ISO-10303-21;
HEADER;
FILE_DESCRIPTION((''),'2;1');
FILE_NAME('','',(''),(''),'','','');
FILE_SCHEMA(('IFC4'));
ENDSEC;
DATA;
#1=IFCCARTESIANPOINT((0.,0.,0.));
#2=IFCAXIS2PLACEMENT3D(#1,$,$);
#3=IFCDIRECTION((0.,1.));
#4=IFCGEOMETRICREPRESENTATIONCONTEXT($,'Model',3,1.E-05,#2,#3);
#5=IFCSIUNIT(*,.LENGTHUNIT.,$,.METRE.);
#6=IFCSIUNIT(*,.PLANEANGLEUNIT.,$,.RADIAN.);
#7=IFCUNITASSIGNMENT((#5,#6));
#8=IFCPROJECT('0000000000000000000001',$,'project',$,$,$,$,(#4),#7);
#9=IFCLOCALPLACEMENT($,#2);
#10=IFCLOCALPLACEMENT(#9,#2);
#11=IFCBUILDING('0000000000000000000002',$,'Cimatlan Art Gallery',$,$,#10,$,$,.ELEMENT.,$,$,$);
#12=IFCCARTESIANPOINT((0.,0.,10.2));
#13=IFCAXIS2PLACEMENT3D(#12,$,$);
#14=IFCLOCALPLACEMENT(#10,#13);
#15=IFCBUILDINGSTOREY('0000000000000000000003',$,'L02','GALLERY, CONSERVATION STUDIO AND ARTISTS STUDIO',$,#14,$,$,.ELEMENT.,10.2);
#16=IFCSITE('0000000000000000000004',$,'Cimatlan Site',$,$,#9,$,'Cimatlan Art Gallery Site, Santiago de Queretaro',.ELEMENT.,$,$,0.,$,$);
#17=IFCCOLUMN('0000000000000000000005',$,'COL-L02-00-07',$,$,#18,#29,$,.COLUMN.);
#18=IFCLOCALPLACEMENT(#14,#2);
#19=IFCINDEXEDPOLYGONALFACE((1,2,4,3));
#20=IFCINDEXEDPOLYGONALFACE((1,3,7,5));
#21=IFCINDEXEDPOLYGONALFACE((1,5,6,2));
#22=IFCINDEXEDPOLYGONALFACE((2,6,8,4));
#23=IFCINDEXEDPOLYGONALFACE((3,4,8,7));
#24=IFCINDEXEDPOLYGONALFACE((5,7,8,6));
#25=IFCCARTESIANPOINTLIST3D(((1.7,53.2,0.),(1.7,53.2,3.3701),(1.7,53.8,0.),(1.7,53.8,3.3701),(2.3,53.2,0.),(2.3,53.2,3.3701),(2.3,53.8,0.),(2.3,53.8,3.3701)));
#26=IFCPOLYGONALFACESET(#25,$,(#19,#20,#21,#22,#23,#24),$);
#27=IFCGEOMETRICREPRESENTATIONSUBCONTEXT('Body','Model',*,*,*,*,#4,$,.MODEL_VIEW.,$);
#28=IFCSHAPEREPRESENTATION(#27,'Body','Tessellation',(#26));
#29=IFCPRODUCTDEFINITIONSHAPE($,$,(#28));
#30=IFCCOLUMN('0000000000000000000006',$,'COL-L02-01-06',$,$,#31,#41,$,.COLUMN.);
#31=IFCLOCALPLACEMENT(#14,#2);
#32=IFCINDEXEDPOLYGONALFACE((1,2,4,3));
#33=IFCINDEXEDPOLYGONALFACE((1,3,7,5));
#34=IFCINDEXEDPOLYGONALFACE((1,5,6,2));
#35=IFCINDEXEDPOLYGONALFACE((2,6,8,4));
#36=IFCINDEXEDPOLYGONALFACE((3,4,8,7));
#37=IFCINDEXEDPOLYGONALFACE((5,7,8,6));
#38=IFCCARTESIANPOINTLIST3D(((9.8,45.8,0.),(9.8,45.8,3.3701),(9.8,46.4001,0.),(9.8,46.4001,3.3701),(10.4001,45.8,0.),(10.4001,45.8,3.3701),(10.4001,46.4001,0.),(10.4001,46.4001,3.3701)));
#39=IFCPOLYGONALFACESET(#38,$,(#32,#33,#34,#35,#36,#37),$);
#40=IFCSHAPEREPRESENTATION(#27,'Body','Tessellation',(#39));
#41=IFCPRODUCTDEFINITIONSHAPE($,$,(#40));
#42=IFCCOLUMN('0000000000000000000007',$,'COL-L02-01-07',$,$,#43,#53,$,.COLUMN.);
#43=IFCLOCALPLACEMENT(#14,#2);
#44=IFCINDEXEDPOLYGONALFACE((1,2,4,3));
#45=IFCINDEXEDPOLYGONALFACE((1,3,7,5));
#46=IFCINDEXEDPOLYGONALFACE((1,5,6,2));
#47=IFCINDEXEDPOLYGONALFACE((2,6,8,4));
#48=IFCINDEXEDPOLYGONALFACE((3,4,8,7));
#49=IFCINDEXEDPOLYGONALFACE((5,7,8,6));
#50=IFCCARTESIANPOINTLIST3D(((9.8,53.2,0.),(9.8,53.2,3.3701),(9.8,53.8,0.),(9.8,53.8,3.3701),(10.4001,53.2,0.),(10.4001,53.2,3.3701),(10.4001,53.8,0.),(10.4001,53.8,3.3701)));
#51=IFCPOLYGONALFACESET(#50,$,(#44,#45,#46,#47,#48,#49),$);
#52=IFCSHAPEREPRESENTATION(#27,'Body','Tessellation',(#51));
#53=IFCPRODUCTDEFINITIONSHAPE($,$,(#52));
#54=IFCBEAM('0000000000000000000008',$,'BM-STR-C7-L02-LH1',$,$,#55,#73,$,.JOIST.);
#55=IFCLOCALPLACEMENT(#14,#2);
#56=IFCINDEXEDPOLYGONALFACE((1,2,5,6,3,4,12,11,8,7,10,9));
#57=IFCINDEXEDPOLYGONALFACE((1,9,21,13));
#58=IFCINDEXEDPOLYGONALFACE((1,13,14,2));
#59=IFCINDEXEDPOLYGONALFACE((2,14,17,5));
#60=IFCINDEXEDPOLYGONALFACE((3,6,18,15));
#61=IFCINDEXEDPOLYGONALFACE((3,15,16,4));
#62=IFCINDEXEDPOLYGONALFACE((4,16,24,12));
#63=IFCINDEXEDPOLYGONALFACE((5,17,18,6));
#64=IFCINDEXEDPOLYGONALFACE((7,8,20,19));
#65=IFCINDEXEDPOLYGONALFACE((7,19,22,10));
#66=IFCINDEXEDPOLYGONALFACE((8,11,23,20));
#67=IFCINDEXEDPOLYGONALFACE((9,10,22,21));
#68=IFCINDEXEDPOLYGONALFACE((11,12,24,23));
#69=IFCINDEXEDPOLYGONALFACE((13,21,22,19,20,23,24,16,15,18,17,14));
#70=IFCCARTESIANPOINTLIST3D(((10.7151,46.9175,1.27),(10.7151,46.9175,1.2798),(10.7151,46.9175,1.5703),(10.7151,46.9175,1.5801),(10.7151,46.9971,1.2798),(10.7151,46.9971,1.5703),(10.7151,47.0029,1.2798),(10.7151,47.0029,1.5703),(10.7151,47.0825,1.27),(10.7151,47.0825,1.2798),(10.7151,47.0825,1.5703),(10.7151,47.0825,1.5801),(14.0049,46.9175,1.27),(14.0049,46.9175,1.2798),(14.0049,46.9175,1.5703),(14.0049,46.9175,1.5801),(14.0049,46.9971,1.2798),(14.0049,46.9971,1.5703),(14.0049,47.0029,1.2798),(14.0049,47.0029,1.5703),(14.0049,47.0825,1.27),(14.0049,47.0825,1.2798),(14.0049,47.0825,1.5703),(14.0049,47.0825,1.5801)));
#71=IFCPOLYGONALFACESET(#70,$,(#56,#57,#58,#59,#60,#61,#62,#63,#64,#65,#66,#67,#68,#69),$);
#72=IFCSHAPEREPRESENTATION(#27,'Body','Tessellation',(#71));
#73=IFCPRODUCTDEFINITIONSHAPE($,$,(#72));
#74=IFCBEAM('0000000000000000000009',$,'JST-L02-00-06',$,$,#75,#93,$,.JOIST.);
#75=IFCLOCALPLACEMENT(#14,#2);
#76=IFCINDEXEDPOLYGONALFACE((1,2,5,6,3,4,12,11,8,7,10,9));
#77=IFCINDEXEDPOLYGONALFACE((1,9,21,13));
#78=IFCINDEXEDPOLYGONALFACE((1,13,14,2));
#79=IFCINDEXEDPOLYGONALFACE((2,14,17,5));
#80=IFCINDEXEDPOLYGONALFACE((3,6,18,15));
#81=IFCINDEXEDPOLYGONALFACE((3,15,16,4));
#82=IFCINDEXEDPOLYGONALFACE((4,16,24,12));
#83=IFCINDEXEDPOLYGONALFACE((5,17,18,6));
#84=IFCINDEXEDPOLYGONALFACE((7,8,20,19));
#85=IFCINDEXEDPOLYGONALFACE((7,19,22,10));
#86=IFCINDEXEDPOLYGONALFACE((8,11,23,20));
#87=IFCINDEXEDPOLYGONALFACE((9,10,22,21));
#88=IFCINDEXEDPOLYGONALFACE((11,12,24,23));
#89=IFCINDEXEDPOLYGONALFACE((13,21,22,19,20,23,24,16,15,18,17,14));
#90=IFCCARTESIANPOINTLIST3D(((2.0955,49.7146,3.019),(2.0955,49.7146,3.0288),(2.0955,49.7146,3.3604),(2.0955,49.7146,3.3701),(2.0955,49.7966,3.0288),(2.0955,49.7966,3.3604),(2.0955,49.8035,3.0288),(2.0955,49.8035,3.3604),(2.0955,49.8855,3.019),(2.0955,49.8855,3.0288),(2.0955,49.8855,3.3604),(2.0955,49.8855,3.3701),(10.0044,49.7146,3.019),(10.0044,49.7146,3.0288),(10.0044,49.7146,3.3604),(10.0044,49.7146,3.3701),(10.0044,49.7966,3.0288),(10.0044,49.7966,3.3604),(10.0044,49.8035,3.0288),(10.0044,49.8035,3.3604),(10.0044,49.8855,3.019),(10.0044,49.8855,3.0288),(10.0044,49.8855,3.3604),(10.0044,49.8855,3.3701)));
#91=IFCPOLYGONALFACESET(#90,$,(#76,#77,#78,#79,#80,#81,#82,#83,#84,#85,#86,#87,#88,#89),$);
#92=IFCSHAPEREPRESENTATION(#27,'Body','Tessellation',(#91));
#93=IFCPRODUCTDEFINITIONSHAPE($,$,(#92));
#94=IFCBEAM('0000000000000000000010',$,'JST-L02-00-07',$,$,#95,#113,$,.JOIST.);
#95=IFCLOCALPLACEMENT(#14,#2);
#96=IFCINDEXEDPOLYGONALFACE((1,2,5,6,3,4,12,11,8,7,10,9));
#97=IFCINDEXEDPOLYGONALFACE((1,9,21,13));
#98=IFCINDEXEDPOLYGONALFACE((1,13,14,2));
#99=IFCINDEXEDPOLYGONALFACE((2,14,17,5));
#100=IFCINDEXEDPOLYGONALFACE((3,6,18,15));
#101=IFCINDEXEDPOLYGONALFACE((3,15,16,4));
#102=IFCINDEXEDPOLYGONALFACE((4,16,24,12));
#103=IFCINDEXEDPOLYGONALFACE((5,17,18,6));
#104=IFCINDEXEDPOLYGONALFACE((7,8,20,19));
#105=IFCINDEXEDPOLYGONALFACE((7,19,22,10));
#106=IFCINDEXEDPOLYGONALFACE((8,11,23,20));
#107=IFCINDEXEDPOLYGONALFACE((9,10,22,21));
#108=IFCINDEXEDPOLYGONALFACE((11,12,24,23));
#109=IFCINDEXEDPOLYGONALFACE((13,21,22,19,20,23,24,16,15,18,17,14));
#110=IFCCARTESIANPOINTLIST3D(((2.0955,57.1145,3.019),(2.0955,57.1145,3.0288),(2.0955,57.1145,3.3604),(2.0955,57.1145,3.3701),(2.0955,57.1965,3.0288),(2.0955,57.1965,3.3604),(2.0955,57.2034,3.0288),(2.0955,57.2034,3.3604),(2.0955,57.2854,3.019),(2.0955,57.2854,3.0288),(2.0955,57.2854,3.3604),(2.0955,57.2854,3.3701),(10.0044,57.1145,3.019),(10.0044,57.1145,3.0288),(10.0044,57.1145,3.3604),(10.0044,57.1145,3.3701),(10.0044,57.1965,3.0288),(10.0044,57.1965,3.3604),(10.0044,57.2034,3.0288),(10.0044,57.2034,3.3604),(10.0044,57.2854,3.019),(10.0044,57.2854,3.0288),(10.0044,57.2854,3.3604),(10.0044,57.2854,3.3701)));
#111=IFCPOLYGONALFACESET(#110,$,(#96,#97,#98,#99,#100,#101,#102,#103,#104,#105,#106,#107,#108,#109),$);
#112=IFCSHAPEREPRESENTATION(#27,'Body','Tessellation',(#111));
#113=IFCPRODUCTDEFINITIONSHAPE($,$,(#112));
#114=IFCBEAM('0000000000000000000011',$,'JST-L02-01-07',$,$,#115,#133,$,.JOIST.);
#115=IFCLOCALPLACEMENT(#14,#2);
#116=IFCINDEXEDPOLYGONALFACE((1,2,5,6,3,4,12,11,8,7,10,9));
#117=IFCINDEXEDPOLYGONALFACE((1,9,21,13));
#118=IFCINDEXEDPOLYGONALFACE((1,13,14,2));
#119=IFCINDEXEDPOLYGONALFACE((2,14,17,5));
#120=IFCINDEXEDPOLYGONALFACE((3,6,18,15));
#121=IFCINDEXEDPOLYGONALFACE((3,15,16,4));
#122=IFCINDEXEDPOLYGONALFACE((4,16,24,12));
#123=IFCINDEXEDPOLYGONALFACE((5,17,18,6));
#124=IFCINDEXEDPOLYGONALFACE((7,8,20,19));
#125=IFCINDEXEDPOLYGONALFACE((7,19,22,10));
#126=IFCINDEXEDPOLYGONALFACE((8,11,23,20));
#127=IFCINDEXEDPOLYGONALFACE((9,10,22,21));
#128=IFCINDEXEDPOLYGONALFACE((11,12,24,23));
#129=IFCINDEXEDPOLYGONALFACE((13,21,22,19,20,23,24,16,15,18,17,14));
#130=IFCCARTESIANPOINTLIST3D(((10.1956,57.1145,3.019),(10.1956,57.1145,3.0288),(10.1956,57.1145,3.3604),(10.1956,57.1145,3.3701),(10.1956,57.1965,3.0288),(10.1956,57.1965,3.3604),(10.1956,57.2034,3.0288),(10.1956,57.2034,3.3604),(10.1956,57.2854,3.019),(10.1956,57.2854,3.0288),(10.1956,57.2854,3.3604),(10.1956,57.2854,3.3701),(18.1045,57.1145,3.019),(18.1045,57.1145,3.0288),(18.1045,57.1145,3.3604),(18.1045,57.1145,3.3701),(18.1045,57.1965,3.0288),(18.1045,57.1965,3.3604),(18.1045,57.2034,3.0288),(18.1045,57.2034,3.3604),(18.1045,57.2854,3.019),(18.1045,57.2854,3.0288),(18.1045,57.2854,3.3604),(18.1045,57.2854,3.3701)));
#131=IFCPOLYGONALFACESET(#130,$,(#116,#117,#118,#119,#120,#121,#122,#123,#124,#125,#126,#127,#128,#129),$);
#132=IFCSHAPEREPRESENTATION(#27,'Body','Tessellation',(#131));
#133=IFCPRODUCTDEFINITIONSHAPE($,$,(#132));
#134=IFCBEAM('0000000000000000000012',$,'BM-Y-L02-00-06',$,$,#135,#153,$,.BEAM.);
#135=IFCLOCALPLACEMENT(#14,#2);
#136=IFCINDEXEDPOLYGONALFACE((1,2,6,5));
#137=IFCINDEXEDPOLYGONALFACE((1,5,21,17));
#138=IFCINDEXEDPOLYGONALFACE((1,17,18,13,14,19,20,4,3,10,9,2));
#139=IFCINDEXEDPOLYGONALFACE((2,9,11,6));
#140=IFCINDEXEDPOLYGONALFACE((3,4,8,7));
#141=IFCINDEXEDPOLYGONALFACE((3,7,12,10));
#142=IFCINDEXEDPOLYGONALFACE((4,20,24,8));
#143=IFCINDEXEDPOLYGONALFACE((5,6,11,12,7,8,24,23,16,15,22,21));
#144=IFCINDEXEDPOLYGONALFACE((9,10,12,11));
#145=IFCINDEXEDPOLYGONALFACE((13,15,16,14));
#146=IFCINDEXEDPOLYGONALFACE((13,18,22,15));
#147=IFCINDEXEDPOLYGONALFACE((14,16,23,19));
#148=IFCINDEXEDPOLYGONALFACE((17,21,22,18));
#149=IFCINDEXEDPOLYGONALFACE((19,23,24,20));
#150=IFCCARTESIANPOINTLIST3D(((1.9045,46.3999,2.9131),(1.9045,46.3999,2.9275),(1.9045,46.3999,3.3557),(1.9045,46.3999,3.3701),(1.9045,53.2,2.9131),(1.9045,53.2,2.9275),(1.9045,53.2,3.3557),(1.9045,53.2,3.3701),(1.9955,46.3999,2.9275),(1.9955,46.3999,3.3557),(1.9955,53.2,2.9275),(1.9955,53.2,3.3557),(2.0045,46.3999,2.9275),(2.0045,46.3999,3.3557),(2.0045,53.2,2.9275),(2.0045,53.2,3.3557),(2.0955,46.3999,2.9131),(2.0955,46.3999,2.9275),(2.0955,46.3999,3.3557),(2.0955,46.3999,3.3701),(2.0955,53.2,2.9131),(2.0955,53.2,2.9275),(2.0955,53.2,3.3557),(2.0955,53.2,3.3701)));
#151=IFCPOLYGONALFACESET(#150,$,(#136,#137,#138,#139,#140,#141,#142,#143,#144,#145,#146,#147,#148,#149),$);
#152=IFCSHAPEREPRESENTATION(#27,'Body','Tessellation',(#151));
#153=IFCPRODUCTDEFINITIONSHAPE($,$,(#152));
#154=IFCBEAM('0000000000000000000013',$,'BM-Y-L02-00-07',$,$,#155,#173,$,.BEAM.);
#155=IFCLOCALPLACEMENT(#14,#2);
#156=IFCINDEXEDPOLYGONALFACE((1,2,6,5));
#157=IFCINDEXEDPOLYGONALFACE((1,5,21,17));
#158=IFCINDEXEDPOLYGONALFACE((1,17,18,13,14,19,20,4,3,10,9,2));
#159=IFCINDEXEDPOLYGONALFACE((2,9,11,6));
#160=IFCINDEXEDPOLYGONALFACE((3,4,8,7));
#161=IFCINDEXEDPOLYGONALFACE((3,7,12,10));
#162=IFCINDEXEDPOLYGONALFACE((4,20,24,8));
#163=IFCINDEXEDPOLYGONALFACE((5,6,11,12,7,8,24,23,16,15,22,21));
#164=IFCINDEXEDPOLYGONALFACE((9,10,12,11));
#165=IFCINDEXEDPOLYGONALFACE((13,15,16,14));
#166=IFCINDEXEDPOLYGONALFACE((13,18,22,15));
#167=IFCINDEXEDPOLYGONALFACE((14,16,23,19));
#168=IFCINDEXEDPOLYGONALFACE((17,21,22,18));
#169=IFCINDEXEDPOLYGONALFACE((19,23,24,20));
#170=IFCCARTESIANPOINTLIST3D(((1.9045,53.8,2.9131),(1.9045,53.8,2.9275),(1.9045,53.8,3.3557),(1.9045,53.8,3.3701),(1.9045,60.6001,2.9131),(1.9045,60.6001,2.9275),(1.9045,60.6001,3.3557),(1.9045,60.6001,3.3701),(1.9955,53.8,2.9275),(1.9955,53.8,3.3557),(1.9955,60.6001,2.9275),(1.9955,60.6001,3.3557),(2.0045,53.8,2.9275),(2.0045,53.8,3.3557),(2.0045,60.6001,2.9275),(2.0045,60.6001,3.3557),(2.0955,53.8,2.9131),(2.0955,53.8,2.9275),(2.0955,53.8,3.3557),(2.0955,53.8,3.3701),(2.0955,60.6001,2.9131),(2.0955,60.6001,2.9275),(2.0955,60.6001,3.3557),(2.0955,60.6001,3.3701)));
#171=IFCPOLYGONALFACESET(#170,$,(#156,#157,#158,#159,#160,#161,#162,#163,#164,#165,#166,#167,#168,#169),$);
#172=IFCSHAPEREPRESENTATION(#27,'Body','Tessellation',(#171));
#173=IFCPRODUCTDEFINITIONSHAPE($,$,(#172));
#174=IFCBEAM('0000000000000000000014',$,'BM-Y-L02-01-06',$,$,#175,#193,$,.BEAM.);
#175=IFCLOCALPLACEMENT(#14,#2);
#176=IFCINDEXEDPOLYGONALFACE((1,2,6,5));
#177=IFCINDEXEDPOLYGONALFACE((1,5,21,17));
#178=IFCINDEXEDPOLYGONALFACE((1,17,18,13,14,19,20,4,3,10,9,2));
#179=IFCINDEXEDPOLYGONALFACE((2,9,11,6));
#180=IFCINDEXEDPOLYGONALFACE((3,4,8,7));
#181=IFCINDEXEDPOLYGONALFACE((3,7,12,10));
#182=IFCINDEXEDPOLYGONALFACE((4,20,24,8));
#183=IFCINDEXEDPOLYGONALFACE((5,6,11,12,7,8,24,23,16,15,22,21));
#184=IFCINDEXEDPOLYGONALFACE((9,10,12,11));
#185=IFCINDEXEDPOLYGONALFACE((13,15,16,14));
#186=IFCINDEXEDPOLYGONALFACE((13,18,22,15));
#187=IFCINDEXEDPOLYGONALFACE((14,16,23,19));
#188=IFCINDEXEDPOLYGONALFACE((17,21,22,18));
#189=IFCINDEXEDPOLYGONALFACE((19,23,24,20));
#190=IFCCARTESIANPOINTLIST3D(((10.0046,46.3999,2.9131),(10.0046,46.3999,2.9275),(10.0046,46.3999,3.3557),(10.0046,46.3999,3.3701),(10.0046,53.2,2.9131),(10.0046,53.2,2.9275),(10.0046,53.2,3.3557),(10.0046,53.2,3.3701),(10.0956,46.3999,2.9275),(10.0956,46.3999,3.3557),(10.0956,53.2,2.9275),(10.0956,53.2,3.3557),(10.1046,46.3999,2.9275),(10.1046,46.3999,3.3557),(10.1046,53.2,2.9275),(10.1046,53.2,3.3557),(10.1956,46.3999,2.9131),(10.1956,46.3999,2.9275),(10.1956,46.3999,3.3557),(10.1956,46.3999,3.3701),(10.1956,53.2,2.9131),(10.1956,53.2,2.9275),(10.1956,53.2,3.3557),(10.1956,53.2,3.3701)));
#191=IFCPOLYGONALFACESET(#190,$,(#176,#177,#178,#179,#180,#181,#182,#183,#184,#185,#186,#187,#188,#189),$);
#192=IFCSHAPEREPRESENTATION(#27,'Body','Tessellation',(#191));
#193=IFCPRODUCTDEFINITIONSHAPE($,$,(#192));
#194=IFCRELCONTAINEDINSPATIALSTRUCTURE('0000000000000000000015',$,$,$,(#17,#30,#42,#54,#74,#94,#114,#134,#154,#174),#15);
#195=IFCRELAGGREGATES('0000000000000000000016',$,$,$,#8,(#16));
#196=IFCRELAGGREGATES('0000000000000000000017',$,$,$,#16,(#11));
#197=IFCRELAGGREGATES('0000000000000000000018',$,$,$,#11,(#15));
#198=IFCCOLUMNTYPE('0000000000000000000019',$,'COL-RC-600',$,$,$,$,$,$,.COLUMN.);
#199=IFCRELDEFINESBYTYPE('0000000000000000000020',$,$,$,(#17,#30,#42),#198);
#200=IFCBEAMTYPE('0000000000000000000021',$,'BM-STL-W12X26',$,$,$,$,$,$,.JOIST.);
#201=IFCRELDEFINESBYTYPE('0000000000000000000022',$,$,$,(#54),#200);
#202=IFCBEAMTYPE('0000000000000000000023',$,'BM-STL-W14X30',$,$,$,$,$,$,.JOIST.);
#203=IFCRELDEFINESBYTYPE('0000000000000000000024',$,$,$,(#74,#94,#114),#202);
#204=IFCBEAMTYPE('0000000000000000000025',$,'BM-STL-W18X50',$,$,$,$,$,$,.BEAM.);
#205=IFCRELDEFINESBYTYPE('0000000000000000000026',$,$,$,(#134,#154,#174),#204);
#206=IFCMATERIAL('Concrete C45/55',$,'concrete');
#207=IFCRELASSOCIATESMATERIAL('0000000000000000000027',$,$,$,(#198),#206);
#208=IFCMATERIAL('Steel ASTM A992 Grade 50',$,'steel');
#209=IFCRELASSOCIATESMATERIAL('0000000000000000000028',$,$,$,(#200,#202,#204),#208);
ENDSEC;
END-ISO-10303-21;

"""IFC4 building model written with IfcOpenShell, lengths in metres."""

from ifc_helpers import new_model, si_unit, direction, frame, origin, origin_2d, place, context, subcontext, project, spatial, rectangle, i_section, extrude, material, material_profile, profile_set, type_object, element, save


model = new_model("IFC4")

# Units and contexts
model_context = context("Model", 3, precision=1e-05, world=origin(), true_north=direction((0.0, 1.0)))
body_context = subcontext(model_context, "Body", "Model", "MODEL_VIEW")
ifc_project = project(units=[si_unit("LENGTHUNIT", "METRE"), si_unit("PLANEANGLEUNIT", "RADIAN")], contexts=[model_context])

# Site, building, storey
site_placement = place(None, origin())
site = spatial("IfcSite", under=ifc_project, at=site_placement, Name="Cimatlan Site", LongName="Cimatlan Art Gallery Site, Santiago de Queretaro", CompositionType="ELEMENT", RefElevation=0.0)
building_placement = place(site_placement, origin())
building = spatial("IfcBuilding", under=site, at=building_placement, Name="Cimatlan Art Gallery", CompositionType="ELEMENT")
storey_placement = place(building_placement, frame((0.0, 0.0, 10.2)))
storey = spatial("IfcBuildingStorey", under=building, at=storey_placement, Name="L02", Description="GALLERY, CONSERVATION STUDIO AND ARTISTS STUDIO", CompositionType="ELEMENT", Elevation=10.2)

# Columns
ifc_material_1 = material(Name="Concrete C45/55", Category="concrete")
ifc_material_profile_1 = material_profile(ifc_material_1, rectangle(XDim=0.6001, YDim=0.6001, at=origin_2d()), Name="RC600X600")
ifc_profile_set_1 = profile_set([ifc_material_profile_1], Name="Concrete C45/55")
column_type = type_object("IfcColumnType", Name="COL-RC-600", PredefinedType="COLUMN", material=ifc_profile_set_1)
for number, where, z_axis, x_axis, name in (
    (1, (2.0, 53.5, 0.0), (0.0, 0.0, 1.0), (1.0, 0.0, 0.0), "COL-L02-00-07"),
    (2, (10.1001, 46.1001, 0.0), (0.0, 0.0, 1.0), (1.0, 0.0, 0.0), "COL-L02-01-06"),
    (3, (10.1001, 53.5, 0.0), (0.0, 0.0, 1.0), (1.0, 0.0, 0.0), "COL-L02-01-07"),
):
    element("IfcColumn", number, at=place(storey_placement, frame(where, z_axis=z_axis, x_axis=x_axis)), inside=storey, type_object=column_type, Name=name, PredefinedType="COLUMN", context=body_context, shape_type="SweptSolid", body=[
        extrude(rectangle(XDim=0.6001, YDim=0.6001, at=origin_2d()), origin(), (0.0, 0.0, 1.0), 3.3701),
    ])

# Beams
ifc_material_2 = material(Name="Steel ASTM A992 Grade 50", Category="steel")
ifc_material_profile_2 = material_profile(ifc_material_2, i_section(OverallWidth=0.165, OverallDepth=0.3101, WebThickness=0.0059, FlangeThickness=0.0098, at=origin_2d()), Name="W12X26")
ifc_profile_set_2 = profile_set([ifc_material_profile_2], Name="Steel ASTM A992 Grade 50")
beam_type_1 = type_object("IfcBeamType", Name="BM-STL-W12X26", PredefinedType="JOIST", material=ifc_profile_set_2)
beam_placement = place(storey_placement, frame((10.7151, 47.0, 1.425), z_axis=(1.0, 0.0, 0.0), x_axis=(0.0, 1.0, 0.0)))
element("IfcBeam", 4, at=beam_placement, inside=storey, type_object=beam_type_1, Name="BM-STR-C7-L02-LH1", PredefinedType="JOIST", context=body_context, shape_type="SweptSolid", body=[
    extrude(i_section(OverallWidth=0.165, OverallDepth=0.3101, WebThickness=0.0059, FlangeThickness=0.0098, at=origin_2d()), origin(), (0.0, 0.0, 1.0), 3.2898),
])
ifc_material_profile_3 = material_profile(ifc_material_2, i_section(OverallWidth=0.1709, OverallDepth=0.3511, WebThickness=0.0068, FlangeThickness=0.0098, at=origin_2d()), Name="W14X30")
ifc_profile_set_3 = profile_set([ifc_material_profile_3], Name="Steel ASTM A992 Grade 50")
beam_type_2 = type_object("IfcBeamType", Name="BM-STL-W14X30", PredefinedType="JOIST", material=ifc_profile_set_3)
for number, where, z_axis, x_axis, name in (
    (5, (2.0955, 49.8, 3.1946), (1.0, 0.0, 0.0), (0.0, 1.0, 0.0), "JST-L02-00-06"),
    (6, (2.0955, 57.2, 3.1946), (1.0, 0.0, 0.0), (0.0, 1.0, 0.0), "JST-L02-00-07"),
    (7, (10.1956, 57.2, 3.1946), (1.0, 0.0, 0.0), (0.0, 1.0, 0.0), "JST-L02-01-07"),
):
    element("IfcBeam", number, at=place(storey_placement, frame(where, z_axis=z_axis, x_axis=x_axis)), inside=storey, type_object=beam_type_2, Name=name, PredefinedType="JOIST", context=body_context, shape_type="SweptSolid", body=[
        extrude(i_section(OverallWidth=0.1709, OverallDepth=0.3511, WebThickness=0.0068, FlangeThickness=0.0098, at=origin_2d()), origin(), (0.0, 0.0, 1.0), 7.9089),
    ])
ifc_material_profile_4 = material_profile(ifc_material_2, i_section(OverallWidth=0.1909, OverallDepth=0.457, WebThickness=0.009, FlangeThickness=0.0144, at=origin_2d()), Name="W18X50")
ifc_profile_set_4 = profile_set([ifc_material_profile_4], Name="Steel ASTM A992 Grade 50")
beam_type_3 = type_object("IfcBeamType", Name="BM-STL-W18X50", PredefinedType="BEAM", material=ifc_profile_set_4)
for number, where, z_axis, x_axis, name in (
    (8, (2.0, 46.3999, 3.1416), (0.0, 1.0, 0.0), (-1.0, 0.0, 0.0), "BM-Y-L02-00-06"),
    (9, (2.0, 53.8, 3.1416), (0.0, 1.0, 0.0), (-1.0, 0.0, 0.0), "BM-Y-L02-00-07"),
    (10, (10.1001, 46.3999, 3.1416), (0.0, 1.0, 0.0), (-1.0, 0.0, 0.0), "BM-Y-L02-01-06"),
):
    element("IfcBeam", number, at=place(storey_placement, frame(where, z_axis=z_axis, x_axis=x_axis)), inside=storey, type_object=beam_type_3, Name=name, PredefinedType="BEAM", context=body_context, shape_type="SweptSolid", body=[
        extrude(i_section(OverallWidth=0.1909, OverallDepth=0.457, WebThickness=0.009, FlangeThickness=0.0144, at=origin_2d()), origin(), (0.0, 0.0, 1.0), 6.8),
    ])

save(model, "model.ifc")
